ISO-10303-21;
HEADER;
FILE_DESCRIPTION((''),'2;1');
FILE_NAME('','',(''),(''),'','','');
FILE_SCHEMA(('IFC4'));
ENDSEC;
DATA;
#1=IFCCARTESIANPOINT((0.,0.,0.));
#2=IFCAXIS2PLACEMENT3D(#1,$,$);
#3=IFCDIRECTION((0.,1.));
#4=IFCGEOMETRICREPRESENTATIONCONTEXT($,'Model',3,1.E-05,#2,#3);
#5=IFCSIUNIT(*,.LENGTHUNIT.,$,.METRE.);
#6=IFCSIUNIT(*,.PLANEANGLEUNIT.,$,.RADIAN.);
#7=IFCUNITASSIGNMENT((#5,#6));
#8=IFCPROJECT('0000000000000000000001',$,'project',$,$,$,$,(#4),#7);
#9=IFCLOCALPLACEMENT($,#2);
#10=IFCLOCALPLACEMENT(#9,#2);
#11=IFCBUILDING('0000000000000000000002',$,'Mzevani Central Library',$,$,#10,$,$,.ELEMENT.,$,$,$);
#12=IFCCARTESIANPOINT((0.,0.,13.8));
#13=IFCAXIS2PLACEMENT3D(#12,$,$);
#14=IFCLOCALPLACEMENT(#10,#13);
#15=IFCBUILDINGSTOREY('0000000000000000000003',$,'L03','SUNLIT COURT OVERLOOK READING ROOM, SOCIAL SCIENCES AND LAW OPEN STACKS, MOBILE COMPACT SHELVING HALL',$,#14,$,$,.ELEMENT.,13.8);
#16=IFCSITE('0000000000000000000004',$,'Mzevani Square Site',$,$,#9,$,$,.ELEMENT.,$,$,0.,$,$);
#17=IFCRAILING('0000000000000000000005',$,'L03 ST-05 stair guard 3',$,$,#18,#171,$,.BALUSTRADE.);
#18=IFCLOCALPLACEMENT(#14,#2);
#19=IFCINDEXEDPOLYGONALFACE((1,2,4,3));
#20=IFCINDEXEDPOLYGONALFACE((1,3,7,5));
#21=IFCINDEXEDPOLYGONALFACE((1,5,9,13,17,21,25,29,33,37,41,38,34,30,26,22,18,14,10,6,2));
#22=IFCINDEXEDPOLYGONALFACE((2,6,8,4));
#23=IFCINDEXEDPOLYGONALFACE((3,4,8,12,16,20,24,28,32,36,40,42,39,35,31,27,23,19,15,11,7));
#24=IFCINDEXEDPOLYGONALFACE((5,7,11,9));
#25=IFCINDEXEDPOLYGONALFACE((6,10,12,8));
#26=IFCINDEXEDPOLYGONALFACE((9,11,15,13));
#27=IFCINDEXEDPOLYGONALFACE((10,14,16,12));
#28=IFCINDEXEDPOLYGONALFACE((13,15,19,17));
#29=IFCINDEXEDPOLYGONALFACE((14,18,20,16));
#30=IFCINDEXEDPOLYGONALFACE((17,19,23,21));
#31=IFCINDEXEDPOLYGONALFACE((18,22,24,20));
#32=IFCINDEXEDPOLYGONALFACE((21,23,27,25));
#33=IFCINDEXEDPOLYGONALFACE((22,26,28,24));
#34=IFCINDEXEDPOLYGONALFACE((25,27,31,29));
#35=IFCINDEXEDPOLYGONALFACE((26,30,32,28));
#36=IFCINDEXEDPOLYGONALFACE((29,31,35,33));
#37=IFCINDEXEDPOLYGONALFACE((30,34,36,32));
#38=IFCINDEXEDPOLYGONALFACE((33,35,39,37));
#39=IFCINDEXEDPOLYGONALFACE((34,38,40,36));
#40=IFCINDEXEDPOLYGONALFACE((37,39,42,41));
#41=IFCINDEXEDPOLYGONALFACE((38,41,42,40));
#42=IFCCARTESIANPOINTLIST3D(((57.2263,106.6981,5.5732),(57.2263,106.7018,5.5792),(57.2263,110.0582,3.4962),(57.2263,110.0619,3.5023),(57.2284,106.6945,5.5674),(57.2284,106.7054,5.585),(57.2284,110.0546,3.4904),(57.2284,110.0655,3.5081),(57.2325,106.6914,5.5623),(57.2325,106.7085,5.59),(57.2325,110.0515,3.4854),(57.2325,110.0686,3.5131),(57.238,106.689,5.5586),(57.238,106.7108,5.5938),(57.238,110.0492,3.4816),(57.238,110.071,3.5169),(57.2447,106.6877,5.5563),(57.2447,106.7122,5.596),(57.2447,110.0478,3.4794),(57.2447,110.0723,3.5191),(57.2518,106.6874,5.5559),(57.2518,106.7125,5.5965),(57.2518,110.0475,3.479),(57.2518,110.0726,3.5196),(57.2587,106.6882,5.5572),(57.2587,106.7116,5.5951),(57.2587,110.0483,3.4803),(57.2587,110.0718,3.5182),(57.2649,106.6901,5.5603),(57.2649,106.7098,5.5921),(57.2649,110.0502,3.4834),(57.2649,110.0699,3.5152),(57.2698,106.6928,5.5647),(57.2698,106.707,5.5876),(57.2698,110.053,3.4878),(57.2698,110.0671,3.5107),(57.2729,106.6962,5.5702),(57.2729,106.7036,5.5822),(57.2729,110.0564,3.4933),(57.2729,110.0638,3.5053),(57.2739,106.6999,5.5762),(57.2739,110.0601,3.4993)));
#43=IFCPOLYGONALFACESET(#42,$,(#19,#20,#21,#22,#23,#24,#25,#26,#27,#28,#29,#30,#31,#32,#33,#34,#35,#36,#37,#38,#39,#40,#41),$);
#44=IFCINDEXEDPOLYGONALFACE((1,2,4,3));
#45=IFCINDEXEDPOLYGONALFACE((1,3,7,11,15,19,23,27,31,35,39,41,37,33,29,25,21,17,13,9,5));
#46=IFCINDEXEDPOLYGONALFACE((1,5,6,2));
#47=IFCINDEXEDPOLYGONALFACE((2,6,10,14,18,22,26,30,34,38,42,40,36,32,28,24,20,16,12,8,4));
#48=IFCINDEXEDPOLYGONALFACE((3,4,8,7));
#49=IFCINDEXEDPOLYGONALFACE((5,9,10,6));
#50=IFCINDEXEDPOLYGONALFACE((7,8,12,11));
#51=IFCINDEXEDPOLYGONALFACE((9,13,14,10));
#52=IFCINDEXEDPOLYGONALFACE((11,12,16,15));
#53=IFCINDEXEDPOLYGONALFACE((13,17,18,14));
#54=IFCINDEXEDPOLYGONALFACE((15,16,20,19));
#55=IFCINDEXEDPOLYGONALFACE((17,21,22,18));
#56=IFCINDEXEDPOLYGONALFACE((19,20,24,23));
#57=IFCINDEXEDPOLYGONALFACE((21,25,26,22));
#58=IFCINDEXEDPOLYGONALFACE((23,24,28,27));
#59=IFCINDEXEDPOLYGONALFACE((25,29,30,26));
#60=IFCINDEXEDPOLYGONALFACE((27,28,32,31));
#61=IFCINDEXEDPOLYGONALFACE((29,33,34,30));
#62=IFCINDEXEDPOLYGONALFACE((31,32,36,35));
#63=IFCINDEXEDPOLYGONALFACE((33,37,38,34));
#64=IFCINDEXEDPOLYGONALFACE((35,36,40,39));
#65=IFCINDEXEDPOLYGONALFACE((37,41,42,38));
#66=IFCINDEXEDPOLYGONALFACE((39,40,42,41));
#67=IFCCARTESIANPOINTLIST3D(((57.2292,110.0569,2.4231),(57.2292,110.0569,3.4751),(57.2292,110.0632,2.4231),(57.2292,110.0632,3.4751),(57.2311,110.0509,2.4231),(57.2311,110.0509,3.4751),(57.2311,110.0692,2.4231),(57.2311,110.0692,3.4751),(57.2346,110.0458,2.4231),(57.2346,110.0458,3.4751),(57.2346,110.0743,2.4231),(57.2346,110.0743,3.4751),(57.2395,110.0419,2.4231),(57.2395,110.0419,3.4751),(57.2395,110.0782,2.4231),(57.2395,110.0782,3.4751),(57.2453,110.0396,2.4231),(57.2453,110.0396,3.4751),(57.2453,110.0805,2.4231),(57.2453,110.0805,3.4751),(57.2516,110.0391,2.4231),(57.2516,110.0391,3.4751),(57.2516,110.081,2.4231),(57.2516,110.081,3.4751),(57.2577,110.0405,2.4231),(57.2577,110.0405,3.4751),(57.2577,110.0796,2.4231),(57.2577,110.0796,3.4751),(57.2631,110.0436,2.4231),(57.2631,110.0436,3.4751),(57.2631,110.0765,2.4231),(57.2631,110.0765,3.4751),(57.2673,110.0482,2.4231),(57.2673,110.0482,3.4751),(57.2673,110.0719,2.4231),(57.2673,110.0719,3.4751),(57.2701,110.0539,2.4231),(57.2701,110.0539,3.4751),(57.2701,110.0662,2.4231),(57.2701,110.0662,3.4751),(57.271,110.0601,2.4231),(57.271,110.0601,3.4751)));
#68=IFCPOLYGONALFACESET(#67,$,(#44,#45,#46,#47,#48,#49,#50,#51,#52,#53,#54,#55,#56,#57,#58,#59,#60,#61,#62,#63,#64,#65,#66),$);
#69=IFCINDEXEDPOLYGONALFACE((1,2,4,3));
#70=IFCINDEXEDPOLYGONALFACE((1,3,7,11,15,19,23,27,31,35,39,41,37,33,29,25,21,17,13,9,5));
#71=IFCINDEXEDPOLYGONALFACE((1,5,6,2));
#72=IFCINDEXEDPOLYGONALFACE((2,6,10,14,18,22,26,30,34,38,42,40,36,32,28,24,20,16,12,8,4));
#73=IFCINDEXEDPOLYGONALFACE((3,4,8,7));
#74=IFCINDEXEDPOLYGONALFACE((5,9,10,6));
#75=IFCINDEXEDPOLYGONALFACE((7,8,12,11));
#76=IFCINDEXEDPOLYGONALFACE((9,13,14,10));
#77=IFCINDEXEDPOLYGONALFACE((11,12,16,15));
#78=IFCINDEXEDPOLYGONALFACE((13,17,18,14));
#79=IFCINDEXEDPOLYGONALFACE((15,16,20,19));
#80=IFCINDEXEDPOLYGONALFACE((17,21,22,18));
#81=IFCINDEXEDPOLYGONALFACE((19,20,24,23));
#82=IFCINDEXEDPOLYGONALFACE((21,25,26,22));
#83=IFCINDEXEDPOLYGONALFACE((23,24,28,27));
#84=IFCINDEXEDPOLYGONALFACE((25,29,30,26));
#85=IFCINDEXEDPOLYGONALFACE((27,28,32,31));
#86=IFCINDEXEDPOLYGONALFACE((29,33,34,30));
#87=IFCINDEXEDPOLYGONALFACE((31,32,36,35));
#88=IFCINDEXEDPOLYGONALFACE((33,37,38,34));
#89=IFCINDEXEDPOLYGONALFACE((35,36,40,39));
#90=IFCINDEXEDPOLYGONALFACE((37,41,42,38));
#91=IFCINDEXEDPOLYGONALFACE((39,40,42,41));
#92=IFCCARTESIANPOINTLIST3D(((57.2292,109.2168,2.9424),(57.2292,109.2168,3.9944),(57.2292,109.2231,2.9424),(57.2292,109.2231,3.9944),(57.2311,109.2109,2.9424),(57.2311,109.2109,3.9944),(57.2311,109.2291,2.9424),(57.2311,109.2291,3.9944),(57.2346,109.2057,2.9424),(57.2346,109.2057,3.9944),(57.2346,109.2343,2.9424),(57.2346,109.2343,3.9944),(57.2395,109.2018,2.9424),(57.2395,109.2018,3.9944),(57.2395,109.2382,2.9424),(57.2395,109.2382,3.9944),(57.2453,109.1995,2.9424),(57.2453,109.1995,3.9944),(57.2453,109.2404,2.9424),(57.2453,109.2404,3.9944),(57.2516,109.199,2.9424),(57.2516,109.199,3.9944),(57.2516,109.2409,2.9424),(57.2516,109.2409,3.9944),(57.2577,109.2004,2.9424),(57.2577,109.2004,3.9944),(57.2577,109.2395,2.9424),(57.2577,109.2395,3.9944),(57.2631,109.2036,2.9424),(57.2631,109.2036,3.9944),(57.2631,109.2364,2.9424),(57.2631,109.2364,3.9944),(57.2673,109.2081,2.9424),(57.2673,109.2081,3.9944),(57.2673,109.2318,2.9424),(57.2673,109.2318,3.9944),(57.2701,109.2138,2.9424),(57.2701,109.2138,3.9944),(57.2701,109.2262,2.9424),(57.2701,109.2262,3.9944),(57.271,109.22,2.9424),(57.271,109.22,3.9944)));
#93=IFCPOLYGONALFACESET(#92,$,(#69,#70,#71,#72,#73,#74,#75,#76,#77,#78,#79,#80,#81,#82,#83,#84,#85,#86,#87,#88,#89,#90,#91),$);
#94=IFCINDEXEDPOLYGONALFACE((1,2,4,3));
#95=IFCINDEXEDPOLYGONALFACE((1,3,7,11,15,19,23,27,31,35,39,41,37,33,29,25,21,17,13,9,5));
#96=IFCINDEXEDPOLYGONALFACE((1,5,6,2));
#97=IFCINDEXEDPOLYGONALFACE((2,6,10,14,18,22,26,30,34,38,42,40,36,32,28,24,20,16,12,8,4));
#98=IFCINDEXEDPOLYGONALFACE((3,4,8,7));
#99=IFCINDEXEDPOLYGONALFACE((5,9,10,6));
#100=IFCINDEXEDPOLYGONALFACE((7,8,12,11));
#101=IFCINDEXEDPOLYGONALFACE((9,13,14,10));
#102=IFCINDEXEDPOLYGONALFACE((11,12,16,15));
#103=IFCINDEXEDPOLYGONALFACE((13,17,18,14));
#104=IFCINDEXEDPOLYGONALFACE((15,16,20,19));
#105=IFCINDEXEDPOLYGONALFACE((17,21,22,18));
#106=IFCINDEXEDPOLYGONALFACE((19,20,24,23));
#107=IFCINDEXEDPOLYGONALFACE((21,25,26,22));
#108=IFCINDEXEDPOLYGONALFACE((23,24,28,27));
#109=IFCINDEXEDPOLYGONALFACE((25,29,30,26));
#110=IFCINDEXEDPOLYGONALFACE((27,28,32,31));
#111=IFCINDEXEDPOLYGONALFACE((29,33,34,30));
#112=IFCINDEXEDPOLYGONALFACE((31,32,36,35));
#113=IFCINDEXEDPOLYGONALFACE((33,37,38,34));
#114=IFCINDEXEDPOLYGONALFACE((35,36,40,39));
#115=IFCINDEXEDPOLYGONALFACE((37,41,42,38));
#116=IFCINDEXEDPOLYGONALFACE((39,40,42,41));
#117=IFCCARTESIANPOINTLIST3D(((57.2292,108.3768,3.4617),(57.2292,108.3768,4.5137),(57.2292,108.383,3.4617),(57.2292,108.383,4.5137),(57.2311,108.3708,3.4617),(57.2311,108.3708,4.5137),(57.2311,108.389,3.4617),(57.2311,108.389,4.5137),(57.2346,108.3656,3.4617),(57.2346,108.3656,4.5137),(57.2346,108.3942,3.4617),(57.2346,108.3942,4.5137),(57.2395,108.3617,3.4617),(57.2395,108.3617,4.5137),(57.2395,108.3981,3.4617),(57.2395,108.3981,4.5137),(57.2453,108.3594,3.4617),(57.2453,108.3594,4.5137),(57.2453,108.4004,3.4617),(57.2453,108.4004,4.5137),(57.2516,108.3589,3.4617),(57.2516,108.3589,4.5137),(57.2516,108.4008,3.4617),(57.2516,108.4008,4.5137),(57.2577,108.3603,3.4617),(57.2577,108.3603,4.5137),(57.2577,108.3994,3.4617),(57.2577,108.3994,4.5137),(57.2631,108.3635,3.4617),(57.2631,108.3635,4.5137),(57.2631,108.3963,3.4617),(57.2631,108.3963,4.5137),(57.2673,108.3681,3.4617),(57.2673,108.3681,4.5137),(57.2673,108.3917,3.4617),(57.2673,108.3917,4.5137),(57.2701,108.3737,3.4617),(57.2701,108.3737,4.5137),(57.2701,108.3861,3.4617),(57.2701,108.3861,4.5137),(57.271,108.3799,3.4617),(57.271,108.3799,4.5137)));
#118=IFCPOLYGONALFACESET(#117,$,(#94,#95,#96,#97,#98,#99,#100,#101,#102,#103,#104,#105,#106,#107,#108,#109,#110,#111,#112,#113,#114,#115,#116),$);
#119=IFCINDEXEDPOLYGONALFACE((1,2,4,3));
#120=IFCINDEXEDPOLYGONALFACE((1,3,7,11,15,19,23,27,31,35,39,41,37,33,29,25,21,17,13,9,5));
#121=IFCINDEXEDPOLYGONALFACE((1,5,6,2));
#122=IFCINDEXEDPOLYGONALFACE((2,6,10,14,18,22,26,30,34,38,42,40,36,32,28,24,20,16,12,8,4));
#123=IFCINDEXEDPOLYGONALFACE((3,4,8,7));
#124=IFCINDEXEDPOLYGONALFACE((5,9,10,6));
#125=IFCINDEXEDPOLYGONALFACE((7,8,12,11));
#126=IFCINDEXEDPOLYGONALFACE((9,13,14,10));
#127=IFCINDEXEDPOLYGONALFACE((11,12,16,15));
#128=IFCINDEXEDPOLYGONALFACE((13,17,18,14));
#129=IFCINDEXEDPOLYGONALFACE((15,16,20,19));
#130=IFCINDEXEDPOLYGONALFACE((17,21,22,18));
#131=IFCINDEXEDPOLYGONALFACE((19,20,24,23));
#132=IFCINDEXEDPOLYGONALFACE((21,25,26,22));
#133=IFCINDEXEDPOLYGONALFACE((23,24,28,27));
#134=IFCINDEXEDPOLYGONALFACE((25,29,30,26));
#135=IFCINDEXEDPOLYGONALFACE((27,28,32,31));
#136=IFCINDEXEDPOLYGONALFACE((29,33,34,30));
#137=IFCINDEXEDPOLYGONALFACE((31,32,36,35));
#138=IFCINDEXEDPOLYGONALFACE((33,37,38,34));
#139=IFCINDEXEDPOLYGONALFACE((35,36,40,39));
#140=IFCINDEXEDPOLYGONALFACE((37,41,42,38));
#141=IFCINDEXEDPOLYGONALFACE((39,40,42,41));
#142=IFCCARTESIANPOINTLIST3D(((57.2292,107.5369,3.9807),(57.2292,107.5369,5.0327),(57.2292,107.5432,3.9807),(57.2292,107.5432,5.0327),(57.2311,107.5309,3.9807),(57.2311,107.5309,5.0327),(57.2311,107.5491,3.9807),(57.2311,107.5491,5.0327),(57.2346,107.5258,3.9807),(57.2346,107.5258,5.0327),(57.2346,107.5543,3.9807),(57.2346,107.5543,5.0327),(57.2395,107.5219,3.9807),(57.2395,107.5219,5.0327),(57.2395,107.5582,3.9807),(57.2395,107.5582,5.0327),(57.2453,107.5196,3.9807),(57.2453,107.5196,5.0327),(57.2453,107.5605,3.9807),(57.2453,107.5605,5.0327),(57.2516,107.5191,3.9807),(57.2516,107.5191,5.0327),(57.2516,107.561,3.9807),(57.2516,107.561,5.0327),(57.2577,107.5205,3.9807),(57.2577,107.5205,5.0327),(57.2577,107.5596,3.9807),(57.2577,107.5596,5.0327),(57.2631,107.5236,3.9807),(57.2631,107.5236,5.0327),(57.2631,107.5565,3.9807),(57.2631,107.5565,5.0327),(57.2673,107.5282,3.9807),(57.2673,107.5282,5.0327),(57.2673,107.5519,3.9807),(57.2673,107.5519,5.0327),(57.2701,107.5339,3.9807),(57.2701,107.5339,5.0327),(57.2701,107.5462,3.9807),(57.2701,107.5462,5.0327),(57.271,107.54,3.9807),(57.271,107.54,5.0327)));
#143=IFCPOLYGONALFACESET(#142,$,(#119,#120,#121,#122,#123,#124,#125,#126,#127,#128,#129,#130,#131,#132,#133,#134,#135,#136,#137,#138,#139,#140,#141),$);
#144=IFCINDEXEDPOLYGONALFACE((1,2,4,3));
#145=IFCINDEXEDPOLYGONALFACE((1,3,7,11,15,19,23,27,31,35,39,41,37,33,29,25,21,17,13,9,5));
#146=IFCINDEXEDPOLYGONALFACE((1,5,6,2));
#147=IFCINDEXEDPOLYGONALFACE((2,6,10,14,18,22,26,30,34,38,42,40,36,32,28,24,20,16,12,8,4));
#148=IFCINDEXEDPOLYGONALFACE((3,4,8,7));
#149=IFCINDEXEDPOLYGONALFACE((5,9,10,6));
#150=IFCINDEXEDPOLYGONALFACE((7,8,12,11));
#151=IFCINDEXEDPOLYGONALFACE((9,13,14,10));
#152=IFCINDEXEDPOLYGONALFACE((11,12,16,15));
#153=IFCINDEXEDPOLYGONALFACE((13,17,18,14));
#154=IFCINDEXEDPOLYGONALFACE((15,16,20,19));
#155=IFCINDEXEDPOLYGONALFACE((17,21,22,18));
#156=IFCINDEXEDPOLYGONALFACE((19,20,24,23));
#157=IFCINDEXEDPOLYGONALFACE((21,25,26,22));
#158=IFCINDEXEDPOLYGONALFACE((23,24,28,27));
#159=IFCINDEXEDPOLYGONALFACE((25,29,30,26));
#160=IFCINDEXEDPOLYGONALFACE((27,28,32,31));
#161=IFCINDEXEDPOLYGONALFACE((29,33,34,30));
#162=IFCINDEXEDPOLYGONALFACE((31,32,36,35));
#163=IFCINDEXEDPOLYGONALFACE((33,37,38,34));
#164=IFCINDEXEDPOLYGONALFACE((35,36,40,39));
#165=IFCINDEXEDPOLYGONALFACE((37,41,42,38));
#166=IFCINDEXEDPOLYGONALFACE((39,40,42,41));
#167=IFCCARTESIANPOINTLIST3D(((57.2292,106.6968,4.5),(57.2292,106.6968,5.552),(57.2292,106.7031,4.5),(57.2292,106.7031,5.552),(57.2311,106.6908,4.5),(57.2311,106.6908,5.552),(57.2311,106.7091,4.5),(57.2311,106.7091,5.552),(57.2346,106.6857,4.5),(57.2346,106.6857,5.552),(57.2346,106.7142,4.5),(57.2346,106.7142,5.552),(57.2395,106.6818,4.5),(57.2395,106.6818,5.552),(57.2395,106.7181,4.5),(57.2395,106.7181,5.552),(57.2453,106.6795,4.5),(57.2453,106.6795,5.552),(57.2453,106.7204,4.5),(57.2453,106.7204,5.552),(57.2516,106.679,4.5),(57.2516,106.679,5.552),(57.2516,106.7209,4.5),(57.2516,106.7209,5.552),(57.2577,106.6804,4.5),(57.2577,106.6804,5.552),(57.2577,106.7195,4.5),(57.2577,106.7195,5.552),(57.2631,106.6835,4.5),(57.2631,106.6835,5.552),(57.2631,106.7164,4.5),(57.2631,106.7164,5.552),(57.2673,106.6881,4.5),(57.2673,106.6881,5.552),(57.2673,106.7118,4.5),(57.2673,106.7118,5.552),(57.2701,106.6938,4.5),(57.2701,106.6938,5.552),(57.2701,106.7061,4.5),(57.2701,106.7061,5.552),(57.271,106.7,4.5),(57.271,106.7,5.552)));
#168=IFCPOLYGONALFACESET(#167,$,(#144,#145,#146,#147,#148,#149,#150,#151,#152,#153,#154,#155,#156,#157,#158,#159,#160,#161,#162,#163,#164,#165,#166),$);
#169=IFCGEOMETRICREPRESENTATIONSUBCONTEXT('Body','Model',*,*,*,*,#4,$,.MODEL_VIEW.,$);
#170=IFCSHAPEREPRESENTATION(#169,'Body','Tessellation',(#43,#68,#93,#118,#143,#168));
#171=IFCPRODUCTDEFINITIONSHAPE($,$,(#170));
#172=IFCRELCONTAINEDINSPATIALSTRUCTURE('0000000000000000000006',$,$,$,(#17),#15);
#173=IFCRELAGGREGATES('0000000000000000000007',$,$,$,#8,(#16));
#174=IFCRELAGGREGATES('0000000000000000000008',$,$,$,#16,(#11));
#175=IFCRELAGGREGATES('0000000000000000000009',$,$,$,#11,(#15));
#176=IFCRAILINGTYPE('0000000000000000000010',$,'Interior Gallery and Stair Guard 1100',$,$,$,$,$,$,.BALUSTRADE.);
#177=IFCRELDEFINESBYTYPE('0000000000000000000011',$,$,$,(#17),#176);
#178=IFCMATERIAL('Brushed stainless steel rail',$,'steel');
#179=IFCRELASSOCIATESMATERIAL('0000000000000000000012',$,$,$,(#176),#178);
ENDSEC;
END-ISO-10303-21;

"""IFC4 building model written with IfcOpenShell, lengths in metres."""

from ifc_helpers import new_model, si_unit, direction, frame, origin, origin_2d, place, context, subcontext, project, spatial, circle, extrude, material, type_object, element, save


model = new_model("IFC4")

# Units and contexts
model_context = context("Model", 3, precision=1e-05, world=origin(), true_north=direction((0.0, 1.0)))
body_context = subcontext(model_context, "Body", "Model", "MODEL_VIEW")
ifc_project = project(units=[si_unit("LENGTHUNIT", "METRE"), si_unit("PLANEANGLEUNIT", "RADIAN")], contexts=[model_context])

# Site, building, storey
site_placement = place(None, origin())
site = spatial("IfcSite", under=ifc_project, at=site_placement, Name="Mzevani Square Site", CompositionType="ELEMENT", RefElevation=0.0)
building_placement = place(site_placement, origin())
building = spatial("IfcBuilding", under=site, at=building_placement, Name="Mzevani Central Library", CompositionType="ELEMENT")
storey_placement = place(building_placement, frame((0.0, 0.0, 13.8)))
storey = spatial("IfcBuildingStorey", under=building, at=storey_placement, Name="L03", Description="SUNLIT COURT OVERLOOK READING ROOM, SOCIAL SCIENCES AND LAW OPEN STACKS, MOBILE COMPACT SHELVING HALL", CompositionType="ELEMENT", Elevation=13.8)

# Railing
ifc_material_1 = material(Name="Brushed stainless steel rail", Category="steel")
railing_type_1 = type_object("IfcRailingType", Name="Interior Gallery and Stair Guard 1100", PredefinedType="BALUSTRADE", material=ifc_material_1)
railing_1_placement = place(storey_placement, frame((57.25, 110.0601, 2.4231)))
element("IfcRailing", 1, at=railing_1_placement, inside=storey, type_object=railing_type_1, Name="L03 ST-05 stair guard 3", PredefinedType="BALUSTRADE", context=body_context, shape_type="SweptSolid", body=[
    extrude(circle(Radius=0.0239, at=origin_2d()), frame((0.0, 0.0, 1.0762), z_axis=(0.0, -0.850623, 0.525776), x_axis=(1.0, 0.0, 0.0)), (0.0, 0.0, 1.0), 3.9502),
    extrude(circle(Radius=0.021, at=origin_2d()), origin(), (0.0, 0.0, 1.0), 1.052),
    extrude(circle(Radius=0.021, at=origin_2d()), frame((0.0, -0.8401, 0.5193)), (0.0, 0.0, 1.0), 1.052),
    extrude(circle(Radius=0.021, at=origin_2d()), frame((0.0, -1.6802, 1.0386)), (0.0, 0.0, 1.0), 1.052),
    extrude(circle(Radius=0.021, at=origin_2d()), frame((0.0, -2.52, 1.5576)), (0.0, 0.0, 1.0), 1.052),
    extrude(circle(Radius=0.021, at=origin_2d()), frame((0.0, -3.3601, 2.0769)), (0.0, 0.0, 1.0), 1.052),
])

save(model, "model.ifc")
